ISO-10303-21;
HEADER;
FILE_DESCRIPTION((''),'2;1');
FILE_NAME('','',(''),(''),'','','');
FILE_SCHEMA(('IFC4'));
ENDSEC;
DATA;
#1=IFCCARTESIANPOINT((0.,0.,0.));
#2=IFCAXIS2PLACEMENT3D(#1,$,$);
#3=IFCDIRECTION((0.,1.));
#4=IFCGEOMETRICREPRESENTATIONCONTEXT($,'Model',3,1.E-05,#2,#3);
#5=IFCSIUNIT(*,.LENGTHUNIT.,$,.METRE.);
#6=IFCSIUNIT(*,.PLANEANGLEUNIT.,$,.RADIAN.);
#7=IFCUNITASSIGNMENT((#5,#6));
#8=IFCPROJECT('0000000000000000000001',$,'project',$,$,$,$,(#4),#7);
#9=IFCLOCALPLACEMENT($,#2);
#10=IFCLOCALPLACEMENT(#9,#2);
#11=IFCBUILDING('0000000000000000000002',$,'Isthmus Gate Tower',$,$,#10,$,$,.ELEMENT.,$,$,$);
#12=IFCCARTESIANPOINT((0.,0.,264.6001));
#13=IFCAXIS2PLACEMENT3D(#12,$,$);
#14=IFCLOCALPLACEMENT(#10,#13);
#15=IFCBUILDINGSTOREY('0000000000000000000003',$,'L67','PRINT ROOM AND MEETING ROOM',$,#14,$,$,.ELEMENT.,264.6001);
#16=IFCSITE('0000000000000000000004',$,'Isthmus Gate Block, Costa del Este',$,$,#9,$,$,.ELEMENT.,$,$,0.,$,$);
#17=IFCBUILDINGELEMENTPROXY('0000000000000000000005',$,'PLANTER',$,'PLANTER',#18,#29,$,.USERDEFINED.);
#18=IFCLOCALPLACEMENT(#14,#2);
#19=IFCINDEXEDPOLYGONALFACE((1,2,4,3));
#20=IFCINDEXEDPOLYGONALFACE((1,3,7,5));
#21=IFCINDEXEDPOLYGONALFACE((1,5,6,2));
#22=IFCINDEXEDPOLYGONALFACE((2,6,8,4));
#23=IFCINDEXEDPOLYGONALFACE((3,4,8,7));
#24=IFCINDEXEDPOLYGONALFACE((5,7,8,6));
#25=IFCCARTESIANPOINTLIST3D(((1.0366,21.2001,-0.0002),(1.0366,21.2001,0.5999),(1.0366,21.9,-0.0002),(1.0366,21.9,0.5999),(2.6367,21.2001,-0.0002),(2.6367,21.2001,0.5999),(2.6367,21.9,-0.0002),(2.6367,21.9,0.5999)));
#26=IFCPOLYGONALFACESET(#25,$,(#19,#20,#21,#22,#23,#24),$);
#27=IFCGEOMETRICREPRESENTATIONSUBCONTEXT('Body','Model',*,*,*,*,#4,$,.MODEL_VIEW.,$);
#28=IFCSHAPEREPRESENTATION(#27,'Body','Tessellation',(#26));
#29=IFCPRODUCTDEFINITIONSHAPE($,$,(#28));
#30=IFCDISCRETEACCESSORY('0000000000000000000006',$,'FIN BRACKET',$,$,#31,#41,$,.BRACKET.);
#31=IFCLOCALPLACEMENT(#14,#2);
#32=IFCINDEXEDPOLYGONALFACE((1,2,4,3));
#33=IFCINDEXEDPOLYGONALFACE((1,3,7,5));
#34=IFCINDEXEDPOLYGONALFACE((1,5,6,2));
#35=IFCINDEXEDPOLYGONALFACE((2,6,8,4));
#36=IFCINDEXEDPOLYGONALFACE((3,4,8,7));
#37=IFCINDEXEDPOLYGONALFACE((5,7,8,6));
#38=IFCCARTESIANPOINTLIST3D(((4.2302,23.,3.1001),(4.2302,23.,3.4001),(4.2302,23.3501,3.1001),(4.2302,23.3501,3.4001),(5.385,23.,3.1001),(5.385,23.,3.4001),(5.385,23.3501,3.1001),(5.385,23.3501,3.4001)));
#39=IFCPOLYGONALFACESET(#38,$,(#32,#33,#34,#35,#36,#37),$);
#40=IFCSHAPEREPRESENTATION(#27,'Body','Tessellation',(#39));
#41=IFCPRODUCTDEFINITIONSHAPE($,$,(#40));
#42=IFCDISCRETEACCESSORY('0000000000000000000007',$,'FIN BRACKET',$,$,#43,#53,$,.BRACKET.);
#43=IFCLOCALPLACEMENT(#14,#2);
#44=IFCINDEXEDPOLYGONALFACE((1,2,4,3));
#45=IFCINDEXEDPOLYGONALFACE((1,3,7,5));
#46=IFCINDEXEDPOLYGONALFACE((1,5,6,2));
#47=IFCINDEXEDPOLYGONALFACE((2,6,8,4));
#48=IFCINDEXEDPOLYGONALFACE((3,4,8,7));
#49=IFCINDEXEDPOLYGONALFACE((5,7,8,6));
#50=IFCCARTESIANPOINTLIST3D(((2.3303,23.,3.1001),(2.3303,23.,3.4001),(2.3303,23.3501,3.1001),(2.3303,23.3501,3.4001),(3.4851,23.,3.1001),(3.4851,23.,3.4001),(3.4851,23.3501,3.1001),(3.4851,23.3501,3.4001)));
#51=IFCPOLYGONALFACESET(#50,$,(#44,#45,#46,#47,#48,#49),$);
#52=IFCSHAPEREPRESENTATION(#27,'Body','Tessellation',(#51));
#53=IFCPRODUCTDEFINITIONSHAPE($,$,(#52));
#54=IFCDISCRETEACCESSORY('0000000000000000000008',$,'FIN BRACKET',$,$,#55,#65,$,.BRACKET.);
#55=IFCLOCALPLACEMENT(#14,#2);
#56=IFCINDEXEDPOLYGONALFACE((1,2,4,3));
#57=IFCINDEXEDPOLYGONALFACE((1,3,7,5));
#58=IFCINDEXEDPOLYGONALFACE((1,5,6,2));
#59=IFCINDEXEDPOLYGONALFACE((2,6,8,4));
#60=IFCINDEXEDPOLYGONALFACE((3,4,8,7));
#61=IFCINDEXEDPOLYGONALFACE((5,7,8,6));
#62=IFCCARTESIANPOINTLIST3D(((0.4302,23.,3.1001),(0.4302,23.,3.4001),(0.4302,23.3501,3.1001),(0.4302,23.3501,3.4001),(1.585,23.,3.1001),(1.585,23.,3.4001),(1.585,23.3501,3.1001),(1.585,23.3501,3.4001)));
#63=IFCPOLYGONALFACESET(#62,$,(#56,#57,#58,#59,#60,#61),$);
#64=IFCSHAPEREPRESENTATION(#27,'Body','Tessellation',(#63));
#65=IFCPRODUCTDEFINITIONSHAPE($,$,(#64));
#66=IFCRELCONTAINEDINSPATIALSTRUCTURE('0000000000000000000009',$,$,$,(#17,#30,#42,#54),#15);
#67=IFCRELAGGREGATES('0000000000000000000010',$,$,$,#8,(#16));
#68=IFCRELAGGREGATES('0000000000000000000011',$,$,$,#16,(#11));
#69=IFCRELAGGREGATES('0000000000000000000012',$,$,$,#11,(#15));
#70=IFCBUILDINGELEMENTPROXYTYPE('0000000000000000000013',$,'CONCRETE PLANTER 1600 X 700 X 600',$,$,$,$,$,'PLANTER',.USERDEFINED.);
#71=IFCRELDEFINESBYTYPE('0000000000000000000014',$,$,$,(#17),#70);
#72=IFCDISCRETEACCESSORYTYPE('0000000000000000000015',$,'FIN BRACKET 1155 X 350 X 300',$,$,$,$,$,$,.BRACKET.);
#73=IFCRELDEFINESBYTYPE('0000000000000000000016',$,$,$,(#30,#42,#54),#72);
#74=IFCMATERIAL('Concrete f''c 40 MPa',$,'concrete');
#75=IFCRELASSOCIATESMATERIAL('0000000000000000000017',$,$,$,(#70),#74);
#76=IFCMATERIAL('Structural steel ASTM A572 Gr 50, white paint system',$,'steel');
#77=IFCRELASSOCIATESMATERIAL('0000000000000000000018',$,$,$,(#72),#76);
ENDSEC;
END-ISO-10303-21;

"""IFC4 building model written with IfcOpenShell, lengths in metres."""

from ifc_helpers import new_model, si_unit, direction, frame, origin, origin_2d, place, context, subcontext, project, spatial, rectangle, extrude, material, type_object, element, save


model = new_model("IFC4")

# Units and contexts
model_context = context("Model", 3, precision=1e-05, world=origin(), true_north=direction((0.0, 1.0)))
body_context = subcontext(model_context, "Body", "Model", "MODEL_VIEW")
ifc_project = project(units=[si_unit("LENGTHUNIT", "METRE"), si_unit("PLANEANGLEUNIT", "RADIAN")], contexts=[model_context])

# Site, building, storey
site_placement = place(None, origin())
site = spatial("IfcSite", under=ifc_project, at=site_placement, Name="Isthmus Gate Block, Costa del Este", CompositionType="ELEMENT", RefElevation=0.0)
building_placement = place(site_placement, origin())
building = spatial("IfcBuilding", under=site, at=building_placement, Name="Isthmus Gate Tower", CompositionType="ELEMENT")
storey_placement = place(building_placement, frame((0.0, 0.0, 264.6001)))
storey = spatial("IfcBuildingStorey", under=building, at=storey_placement, Name="L67", Description="PRINT ROOM AND MEETING ROOM", CompositionType="ELEMENT", Elevation=264.6001)

# Building element proxy
ifc_material_1 = material(Name="Concrete f'c 40 MPa", Category="concrete")
building_element_proxy_type = type_object("IfcBuildingElementProxyType", Name="CONCRETE PLANTER 1600 X 700 X 600", ElementType="PLANTER", PredefinedType="USERDEFINED", material=ifc_material_1)
for number, where, z_axis, x_axis, name in (
    (1, (1.8367, 21.55, -0.0002), (0.0, 0.0, 1.0), (-1.0, 0.0, 0.0), "PLANTER"),
):
    element("IfcBuildingElementProxy", number, at=place(storey_placement, frame(where, z_axis=z_axis, x_axis=x_axis)), inside=storey, type_object=building_element_proxy_type, Name=name, ObjectType="PLANTER", PredefinedType="USERDEFINED", context=body_context, shape_type="SweptSolid", body=[
        extrude(rectangle(XDim=1.6001, YDim=0.7, at=origin_2d()), origin(), (0.0, 0.0, 1.0), 0.6001),
    ])

# Discrete accessories
ifc_material_2 = material(Name="Structural steel ASTM A572 Gr 50, white paint system", Category="steel")
discrete_accessory_type = type_object("IfcDiscreteAccessoryType", Name="FIN BRACKET 1155 X 350 X 300", PredefinedType="BRACKET", material=ifc_material_2)
for number, where, z_axis, x_axis, name in (
    (2, (4.8076, 23.175, 3.1001), (0.0, 0.0, 1.0), (0.0, 1.0, 0.0), "FIN BRACKET"),
    (3, (2.9077, 23.175, 3.1001), (0.0, 0.0, 1.0), (0.0, 1.0, 0.0), "FIN BRACKET"),
    (4, (1.0076, 23.175, 3.1001), (0.0, 0.0, 1.0), (0.0, 1.0, 0.0), "FIN BRACKET"),
):
    element("IfcDiscreteAccessory", number, at=place(storey_placement, frame(where, z_axis=z_axis, x_axis=x_axis)), inside=storey, type_object=discrete_accessory_type, Name=name, PredefinedType="BRACKET", context=body_context, shape_type="SweptSolid", body=[
        extrude(rectangle(XDim=0.3501, YDim=1.1548, at=origin_2d()), origin(), (0.0, 0.0, 1.0), 0.3),
    ])

save(model, "model.ifc")
